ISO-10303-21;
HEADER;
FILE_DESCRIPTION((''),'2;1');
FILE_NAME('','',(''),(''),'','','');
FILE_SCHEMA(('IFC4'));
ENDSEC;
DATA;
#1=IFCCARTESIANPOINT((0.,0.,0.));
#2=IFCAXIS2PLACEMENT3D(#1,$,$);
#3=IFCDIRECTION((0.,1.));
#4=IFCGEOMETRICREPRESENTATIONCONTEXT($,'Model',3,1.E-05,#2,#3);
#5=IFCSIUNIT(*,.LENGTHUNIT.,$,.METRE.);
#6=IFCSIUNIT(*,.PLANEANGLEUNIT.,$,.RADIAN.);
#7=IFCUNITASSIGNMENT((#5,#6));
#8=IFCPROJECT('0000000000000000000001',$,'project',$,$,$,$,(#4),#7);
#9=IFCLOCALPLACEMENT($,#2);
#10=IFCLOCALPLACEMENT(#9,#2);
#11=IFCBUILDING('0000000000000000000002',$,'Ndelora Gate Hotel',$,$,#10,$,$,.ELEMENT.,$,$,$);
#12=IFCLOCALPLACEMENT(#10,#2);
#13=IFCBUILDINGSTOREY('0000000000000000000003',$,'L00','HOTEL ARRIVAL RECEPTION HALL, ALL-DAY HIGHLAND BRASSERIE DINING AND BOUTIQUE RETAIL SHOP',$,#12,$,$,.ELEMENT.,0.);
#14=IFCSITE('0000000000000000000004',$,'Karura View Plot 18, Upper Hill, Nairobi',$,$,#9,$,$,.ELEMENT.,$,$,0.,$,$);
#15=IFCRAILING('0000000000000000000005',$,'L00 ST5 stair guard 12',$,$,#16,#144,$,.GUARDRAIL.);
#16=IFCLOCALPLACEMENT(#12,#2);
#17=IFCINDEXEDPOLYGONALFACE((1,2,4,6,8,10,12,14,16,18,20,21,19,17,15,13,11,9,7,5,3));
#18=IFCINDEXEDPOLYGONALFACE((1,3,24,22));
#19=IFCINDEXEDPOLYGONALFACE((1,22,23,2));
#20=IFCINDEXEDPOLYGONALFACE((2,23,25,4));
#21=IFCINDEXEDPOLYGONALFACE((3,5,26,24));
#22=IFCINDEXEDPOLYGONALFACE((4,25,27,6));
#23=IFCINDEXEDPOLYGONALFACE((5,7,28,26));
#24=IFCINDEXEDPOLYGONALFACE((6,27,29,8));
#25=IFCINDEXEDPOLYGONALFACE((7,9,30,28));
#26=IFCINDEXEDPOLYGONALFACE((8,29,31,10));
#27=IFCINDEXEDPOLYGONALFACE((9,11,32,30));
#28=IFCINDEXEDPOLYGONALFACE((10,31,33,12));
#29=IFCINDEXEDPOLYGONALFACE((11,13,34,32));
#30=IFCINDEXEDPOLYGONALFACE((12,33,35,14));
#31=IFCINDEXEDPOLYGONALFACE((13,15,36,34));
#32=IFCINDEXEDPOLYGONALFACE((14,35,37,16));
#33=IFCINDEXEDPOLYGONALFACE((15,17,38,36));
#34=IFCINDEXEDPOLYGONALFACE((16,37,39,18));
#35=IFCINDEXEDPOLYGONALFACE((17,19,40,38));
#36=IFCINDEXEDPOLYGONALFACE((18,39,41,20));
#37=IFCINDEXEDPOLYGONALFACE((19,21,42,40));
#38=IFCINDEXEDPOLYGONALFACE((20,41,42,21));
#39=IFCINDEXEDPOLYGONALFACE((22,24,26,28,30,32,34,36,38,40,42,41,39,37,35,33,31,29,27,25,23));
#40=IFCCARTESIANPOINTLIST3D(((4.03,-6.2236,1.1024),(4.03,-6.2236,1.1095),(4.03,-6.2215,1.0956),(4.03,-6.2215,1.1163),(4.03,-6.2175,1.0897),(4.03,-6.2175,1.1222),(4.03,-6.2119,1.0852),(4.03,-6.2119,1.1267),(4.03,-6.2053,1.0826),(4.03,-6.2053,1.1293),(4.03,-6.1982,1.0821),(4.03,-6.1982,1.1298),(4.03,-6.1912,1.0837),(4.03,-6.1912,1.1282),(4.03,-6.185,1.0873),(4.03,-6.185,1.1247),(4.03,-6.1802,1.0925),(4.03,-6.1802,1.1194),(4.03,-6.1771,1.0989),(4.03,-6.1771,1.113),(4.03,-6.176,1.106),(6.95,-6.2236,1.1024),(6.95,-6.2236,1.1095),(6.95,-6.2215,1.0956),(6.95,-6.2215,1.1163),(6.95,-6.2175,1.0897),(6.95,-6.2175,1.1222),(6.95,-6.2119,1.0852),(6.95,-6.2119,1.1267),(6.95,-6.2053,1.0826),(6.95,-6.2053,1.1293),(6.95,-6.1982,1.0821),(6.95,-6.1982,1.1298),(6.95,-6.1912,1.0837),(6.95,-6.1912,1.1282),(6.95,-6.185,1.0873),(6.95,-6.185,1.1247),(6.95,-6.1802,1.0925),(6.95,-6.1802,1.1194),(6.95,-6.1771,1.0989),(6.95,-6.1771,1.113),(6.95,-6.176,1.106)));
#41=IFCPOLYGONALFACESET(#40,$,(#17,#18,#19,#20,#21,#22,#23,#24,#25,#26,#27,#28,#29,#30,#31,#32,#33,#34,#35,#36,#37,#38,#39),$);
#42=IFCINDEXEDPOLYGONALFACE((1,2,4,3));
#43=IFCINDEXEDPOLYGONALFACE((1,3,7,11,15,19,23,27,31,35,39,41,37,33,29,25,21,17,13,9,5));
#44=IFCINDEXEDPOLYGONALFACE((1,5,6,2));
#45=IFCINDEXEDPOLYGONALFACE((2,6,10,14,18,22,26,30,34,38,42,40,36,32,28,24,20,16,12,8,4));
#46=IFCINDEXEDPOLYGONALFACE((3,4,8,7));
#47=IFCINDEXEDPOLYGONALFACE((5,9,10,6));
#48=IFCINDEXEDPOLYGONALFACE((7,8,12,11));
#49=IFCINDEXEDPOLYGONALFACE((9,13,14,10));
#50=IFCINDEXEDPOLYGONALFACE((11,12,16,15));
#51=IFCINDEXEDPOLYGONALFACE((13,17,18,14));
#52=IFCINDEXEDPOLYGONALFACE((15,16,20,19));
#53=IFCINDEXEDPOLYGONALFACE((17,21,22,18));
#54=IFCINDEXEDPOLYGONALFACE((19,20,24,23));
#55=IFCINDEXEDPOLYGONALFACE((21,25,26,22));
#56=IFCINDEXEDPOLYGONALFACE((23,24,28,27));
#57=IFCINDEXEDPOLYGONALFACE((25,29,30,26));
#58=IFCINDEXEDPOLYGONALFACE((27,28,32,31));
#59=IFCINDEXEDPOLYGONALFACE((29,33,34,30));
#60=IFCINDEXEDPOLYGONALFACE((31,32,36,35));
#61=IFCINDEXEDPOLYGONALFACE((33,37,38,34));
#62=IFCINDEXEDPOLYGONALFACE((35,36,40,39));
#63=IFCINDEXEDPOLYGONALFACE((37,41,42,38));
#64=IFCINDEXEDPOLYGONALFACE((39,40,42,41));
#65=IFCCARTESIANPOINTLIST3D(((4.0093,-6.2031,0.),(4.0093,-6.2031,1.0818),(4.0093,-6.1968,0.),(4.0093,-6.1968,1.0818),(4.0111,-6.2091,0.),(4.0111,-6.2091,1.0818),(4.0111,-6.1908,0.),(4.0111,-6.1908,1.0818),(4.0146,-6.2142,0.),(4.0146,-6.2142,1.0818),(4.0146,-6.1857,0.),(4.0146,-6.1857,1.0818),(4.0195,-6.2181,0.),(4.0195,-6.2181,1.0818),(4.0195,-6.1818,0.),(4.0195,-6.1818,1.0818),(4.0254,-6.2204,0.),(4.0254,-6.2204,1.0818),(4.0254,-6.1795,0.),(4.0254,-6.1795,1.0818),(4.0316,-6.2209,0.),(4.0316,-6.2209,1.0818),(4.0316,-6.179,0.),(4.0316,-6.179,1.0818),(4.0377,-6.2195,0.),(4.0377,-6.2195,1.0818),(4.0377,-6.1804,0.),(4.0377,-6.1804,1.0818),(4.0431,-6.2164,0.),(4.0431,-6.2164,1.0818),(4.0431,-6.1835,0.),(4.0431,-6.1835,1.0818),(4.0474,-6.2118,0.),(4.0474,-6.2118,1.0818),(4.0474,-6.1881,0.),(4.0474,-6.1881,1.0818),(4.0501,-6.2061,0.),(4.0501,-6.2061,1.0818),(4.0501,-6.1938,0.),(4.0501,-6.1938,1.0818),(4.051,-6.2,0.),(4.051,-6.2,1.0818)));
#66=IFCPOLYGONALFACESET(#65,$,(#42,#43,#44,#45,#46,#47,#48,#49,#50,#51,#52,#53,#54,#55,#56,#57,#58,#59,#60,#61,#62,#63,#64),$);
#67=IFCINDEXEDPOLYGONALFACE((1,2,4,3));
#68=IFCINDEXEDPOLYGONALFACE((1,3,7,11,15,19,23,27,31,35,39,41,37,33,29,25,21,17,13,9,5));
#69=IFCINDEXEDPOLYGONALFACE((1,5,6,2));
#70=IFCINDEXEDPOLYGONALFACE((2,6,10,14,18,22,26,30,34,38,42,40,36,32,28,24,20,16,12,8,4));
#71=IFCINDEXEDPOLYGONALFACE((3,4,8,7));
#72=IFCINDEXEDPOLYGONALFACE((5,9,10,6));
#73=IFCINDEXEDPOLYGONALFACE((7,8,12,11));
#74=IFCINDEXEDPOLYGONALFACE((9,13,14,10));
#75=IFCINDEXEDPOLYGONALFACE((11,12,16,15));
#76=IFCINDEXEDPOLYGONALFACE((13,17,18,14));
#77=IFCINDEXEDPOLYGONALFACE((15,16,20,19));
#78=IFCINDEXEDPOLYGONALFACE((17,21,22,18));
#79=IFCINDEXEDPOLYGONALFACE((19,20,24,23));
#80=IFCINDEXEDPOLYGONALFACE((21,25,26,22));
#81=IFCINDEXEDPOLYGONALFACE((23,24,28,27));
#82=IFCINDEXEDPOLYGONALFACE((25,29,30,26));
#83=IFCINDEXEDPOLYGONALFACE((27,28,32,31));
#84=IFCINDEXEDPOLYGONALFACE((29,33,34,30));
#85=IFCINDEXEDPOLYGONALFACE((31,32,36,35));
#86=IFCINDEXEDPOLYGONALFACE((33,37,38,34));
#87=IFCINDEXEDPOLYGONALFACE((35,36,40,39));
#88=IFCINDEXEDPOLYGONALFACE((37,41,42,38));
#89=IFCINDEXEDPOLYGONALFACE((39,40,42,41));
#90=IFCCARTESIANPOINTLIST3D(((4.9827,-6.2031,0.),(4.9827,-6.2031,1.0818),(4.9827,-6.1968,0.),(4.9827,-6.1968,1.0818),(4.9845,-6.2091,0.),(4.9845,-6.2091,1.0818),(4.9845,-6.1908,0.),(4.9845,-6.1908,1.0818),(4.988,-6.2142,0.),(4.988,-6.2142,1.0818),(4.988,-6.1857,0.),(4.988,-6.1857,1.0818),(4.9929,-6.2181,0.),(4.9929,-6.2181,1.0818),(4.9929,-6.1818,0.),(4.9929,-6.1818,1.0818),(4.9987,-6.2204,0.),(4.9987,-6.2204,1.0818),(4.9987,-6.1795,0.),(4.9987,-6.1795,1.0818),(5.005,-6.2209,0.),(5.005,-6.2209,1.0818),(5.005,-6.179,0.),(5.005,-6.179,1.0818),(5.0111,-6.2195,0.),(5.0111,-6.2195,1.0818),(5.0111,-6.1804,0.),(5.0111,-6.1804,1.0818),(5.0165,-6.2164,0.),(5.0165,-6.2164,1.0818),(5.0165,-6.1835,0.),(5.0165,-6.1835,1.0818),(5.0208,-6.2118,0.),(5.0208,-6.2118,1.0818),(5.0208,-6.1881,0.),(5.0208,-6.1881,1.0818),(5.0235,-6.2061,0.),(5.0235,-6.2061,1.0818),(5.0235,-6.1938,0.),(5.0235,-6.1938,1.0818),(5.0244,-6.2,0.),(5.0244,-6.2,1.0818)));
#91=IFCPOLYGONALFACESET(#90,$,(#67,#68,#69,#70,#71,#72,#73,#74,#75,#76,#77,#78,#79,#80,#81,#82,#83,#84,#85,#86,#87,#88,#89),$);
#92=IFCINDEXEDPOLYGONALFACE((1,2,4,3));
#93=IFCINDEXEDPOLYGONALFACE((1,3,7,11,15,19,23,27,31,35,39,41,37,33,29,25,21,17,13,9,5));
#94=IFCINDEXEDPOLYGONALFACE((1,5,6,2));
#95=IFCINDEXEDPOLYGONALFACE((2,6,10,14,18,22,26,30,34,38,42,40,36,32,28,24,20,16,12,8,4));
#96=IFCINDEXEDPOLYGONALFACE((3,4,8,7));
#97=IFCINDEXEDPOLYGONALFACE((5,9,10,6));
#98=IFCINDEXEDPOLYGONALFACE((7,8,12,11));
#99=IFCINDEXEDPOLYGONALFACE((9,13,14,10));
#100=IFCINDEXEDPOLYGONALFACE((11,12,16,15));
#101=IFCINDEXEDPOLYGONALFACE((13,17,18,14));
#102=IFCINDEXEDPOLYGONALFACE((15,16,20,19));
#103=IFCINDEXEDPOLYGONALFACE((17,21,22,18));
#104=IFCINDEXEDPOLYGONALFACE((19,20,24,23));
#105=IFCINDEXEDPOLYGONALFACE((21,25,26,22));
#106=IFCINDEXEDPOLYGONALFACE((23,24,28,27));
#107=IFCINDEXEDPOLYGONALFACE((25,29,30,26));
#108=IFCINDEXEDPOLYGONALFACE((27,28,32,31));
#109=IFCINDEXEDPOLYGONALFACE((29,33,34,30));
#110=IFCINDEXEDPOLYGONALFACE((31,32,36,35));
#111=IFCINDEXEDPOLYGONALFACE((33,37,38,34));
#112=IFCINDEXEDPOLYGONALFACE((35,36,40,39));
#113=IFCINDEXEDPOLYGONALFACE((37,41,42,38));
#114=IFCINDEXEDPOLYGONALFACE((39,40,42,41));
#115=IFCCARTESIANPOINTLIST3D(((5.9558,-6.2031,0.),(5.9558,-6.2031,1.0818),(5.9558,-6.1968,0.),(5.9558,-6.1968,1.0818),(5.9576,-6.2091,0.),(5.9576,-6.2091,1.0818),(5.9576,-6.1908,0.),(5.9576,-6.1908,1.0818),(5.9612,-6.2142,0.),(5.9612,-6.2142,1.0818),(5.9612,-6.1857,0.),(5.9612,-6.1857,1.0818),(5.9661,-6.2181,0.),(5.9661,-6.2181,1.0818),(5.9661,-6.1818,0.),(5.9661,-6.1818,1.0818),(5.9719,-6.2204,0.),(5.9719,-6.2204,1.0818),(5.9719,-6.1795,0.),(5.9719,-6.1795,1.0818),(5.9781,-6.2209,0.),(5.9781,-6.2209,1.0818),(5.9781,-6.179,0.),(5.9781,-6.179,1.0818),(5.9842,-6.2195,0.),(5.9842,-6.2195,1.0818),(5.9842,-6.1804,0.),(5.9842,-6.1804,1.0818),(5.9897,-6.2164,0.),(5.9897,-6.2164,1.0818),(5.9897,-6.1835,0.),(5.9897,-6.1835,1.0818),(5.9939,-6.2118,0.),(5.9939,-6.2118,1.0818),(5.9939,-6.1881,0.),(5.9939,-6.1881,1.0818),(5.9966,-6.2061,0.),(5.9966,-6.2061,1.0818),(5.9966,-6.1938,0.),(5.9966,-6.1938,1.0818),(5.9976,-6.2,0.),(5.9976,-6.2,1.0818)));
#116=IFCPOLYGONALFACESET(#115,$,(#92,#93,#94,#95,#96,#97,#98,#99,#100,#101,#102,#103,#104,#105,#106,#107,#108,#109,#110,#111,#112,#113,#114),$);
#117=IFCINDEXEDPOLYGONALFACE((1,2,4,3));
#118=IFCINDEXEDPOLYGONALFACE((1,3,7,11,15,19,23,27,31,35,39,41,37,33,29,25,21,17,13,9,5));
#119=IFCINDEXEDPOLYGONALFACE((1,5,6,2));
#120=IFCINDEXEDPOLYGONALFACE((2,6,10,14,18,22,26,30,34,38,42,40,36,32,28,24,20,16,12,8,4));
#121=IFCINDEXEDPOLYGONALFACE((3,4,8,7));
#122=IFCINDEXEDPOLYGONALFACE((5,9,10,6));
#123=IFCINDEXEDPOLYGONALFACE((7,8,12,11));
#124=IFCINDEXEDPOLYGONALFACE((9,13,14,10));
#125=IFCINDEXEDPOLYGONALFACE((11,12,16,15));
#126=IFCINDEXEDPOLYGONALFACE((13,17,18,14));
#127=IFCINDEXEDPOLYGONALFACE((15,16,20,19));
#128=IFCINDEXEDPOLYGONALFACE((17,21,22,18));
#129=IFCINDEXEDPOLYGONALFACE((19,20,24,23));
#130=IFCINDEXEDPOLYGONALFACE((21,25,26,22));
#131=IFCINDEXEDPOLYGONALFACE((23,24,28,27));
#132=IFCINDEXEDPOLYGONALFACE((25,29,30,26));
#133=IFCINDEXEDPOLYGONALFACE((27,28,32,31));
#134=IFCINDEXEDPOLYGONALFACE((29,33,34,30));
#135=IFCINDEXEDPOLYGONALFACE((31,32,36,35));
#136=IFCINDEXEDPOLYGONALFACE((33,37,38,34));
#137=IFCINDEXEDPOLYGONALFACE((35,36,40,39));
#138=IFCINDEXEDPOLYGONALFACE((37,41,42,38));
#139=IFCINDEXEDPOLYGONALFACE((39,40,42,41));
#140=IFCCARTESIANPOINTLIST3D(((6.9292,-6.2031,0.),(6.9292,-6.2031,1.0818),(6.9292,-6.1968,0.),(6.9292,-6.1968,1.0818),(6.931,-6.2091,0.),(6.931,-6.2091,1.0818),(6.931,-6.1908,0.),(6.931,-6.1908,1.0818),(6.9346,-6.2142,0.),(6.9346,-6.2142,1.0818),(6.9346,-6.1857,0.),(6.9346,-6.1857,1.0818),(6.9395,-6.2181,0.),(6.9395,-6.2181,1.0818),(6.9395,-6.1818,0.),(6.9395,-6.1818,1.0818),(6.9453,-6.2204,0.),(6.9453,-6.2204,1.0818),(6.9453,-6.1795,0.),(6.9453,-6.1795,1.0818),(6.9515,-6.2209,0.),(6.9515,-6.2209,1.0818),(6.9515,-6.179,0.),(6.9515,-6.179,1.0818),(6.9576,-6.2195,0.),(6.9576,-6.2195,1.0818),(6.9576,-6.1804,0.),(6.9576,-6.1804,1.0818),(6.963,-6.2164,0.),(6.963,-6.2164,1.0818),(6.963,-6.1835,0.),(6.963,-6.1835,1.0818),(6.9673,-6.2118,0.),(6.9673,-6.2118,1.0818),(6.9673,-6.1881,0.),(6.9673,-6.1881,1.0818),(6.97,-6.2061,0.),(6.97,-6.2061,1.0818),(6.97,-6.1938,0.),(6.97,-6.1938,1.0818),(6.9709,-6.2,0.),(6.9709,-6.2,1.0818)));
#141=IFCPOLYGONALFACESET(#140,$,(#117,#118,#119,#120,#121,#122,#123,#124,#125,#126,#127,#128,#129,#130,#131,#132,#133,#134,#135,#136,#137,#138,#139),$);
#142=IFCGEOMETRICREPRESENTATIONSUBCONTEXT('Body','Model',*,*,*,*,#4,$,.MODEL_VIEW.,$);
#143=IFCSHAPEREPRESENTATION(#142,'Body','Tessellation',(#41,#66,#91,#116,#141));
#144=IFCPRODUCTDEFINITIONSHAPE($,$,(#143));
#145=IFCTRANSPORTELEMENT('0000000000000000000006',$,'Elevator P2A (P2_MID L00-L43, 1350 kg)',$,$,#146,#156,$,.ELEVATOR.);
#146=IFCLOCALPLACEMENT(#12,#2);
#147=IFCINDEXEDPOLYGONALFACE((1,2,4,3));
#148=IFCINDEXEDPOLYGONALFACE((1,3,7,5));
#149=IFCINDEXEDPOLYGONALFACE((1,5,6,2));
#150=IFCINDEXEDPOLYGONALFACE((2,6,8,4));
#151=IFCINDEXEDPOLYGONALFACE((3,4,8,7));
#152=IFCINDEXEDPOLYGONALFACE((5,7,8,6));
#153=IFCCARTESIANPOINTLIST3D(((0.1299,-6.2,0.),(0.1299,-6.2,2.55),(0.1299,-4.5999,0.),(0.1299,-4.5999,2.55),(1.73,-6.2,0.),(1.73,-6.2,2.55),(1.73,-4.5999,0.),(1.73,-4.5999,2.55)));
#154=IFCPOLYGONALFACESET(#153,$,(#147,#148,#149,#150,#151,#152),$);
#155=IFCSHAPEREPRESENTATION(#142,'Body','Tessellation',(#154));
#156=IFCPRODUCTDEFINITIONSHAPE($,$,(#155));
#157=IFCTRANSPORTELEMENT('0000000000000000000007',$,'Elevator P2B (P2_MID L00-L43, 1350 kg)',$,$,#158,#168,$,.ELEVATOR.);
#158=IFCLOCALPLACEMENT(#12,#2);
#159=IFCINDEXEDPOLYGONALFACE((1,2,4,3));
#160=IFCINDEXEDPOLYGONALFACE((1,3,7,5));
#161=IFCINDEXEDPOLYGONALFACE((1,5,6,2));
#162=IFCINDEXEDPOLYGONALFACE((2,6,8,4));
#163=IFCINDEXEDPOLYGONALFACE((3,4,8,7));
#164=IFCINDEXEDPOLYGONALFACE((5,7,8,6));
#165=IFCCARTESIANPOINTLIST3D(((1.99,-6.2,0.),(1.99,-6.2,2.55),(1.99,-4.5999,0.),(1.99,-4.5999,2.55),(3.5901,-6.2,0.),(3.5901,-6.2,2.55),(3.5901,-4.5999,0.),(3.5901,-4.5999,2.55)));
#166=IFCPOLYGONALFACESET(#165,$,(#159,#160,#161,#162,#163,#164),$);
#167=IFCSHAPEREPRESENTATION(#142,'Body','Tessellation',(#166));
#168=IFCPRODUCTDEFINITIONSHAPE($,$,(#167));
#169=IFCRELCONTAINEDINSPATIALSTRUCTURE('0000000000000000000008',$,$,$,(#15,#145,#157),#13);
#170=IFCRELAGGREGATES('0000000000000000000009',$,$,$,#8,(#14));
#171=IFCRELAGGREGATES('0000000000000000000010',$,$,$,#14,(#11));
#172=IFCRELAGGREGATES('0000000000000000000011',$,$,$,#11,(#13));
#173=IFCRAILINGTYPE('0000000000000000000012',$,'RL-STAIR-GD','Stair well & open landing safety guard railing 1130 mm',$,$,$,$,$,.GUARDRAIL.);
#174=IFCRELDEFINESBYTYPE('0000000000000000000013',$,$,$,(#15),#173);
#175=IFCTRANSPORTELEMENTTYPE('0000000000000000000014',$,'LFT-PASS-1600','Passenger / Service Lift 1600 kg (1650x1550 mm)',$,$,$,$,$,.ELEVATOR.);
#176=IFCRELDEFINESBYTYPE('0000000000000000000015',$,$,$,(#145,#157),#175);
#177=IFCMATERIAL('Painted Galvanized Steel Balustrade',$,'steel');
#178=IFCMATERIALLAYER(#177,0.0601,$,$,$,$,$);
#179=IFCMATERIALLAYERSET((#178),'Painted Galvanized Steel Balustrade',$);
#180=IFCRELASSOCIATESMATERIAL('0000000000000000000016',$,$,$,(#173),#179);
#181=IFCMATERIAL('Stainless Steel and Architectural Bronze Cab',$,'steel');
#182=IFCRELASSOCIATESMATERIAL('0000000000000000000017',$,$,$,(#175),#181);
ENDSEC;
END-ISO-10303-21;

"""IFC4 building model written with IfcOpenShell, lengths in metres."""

from ifc_helpers import new_model, si_unit, direction, frame, origin, origin_2d, place, context, subcontext, project, spatial, rectangle, circle, extrude, material, layer, layer_set, type_object, element, save


model = new_model("IFC4")

# Units and contexts
model_context = context("Model", 3, precision=1e-05, world=origin(), true_north=direction((0.0, 1.0)))
body_context = subcontext(model_context, "Body", "Model", "MODEL_VIEW")
ifc_project = project(units=[si_unit("LENGTHUNIT", "METRE"), si_unit("PLANEANGLEUNIT", "RADIAN")], contexts=[model_context])

# Site, building, storey
site_placement = place(None, origin())
site = spatial("IfcSite", under=ifc_project, at=site_placement, Name="Karura View Plot 18, Upper Hill, Nairobi", CompositionType="ELEMENT", RefElevation=0.0)
building_placement = place(site_placement, origin())
building = spatial("IfcBuilding", under=site, at=building_placement, Name="Ndelora Gate Hotel", CompositionType="ELEMENT")
storey_placement = place(building_placement, origin())
storey = spatial("IfcBuildingStorey", under=building, at=storey_placement, Name="L00", Description="HOTEL ARRIVAL RECEPTION HALL, ALL-DAY HIGHLAND BRASSERIE DINING AND BOUTIQUE RETAIL SHOP", CompositionType="ELEMENT", Elevation=0.0)

# Railing
ifc_material_1 = material(Name="Painted Galvanized Steel Balustrade", Category="steel")
ifc_layer_1 = layer(ifc_material_1, 0.0601)
ifc_layer_set_1 = layer_set([ifc_layer_1], Name="Painted Galvanized Steel Balustrade")
railing_type = type_object("IfcRailingType", Name="RL-STAIR-GD", Description="Stair well & open landing safety guard railing 1130 mm", PredefinedType="GUARDRAIL", material=ifc_layer_set_1)
railing_1_placement = place(storey_placement, frame((4.03, -6.2, 0.0)))
element("IfcRailing", 1, at=railing_1_placement, inside=storey, type_object=railing_type, Name="L00 ST5 stair guard 12", PredefinedType="GUARDRAIL", context=body_context, shape_type="SweptSolid", body=[
    extrude(circle(Radius=0.0239, at=origin_2d()), frame((0.0, 0.0, 1.106), z_axis=(1.0, 0.0, 0.0), x_axis=(0.0, 1.0, 0.0)), (0.0, 0.0, 1.0), 2.9199),
    extrude(circle(Radius=0.021, at=origin_2d()), origin(), (0.0, 0.0, 1.0), 1.0818),
    extrude(circle(Radius=0.021, at=origin_2d()), frame((0.9734, 0.0, 0.0)), (0.0, 0.0, 1.0), 1.0818),
    extrude(circle(Radius=0.021, at=origin_2d()), frame((1.9465, 0.0, 0.0)), (0.0, 0.0, 1.0), 1.0818),
    extrude(circle(Radius=0.021, at=origin_2d()), frame((2.9199, 0.0, 0.0)), (0.0, 0.0, 1.0), 1.0818),
])

# Transport elements
ifc_material_2 = material(Name="Stainless Steel and Architectural Bronze Cab", Category="steel")
transport_element_type = type_object("IfcTransportElementType", Name="LFT-PASS-1600", Description="Passenger / Service Lift 1600 kg (1650x1550 mm)", PredefinedType="ELEVATOR", material=ifc_material_2)
for number, where, z_axis, x_axis, name in (
    (2, (0.9299, -5.3999, 0.0), (0.0, 0.0, 1.0), (1.0, 0.0, 0.0), "Elevator P2A (P2_MID L00-L43, 1350 kg)"),
    (3, (2.79, -5.3999, 0.0), (0.0, 0.0, 1.0), (1.0, 0.0, 0.0), "Elevator P2B (P2_MID L00-L43, 1350 kg)"),
):
    element("IfcTransportElement", number, at=place(storey_placement, frame(where, z_axis=z_axis, x_axis=x_axis)), inside=storey, type_object=transport_element_type, Name=name, PredefinedType="ELEVATOR", context=body_context, shape_type="SweptSolid", body=[
        extrude(rectangle(XDim=1.6001, YDim=1.6001, at=origin_2d()), origin(), (0.0, 0.0, 1.0), 2.55),
    ])

save(model, "model.ifc")
